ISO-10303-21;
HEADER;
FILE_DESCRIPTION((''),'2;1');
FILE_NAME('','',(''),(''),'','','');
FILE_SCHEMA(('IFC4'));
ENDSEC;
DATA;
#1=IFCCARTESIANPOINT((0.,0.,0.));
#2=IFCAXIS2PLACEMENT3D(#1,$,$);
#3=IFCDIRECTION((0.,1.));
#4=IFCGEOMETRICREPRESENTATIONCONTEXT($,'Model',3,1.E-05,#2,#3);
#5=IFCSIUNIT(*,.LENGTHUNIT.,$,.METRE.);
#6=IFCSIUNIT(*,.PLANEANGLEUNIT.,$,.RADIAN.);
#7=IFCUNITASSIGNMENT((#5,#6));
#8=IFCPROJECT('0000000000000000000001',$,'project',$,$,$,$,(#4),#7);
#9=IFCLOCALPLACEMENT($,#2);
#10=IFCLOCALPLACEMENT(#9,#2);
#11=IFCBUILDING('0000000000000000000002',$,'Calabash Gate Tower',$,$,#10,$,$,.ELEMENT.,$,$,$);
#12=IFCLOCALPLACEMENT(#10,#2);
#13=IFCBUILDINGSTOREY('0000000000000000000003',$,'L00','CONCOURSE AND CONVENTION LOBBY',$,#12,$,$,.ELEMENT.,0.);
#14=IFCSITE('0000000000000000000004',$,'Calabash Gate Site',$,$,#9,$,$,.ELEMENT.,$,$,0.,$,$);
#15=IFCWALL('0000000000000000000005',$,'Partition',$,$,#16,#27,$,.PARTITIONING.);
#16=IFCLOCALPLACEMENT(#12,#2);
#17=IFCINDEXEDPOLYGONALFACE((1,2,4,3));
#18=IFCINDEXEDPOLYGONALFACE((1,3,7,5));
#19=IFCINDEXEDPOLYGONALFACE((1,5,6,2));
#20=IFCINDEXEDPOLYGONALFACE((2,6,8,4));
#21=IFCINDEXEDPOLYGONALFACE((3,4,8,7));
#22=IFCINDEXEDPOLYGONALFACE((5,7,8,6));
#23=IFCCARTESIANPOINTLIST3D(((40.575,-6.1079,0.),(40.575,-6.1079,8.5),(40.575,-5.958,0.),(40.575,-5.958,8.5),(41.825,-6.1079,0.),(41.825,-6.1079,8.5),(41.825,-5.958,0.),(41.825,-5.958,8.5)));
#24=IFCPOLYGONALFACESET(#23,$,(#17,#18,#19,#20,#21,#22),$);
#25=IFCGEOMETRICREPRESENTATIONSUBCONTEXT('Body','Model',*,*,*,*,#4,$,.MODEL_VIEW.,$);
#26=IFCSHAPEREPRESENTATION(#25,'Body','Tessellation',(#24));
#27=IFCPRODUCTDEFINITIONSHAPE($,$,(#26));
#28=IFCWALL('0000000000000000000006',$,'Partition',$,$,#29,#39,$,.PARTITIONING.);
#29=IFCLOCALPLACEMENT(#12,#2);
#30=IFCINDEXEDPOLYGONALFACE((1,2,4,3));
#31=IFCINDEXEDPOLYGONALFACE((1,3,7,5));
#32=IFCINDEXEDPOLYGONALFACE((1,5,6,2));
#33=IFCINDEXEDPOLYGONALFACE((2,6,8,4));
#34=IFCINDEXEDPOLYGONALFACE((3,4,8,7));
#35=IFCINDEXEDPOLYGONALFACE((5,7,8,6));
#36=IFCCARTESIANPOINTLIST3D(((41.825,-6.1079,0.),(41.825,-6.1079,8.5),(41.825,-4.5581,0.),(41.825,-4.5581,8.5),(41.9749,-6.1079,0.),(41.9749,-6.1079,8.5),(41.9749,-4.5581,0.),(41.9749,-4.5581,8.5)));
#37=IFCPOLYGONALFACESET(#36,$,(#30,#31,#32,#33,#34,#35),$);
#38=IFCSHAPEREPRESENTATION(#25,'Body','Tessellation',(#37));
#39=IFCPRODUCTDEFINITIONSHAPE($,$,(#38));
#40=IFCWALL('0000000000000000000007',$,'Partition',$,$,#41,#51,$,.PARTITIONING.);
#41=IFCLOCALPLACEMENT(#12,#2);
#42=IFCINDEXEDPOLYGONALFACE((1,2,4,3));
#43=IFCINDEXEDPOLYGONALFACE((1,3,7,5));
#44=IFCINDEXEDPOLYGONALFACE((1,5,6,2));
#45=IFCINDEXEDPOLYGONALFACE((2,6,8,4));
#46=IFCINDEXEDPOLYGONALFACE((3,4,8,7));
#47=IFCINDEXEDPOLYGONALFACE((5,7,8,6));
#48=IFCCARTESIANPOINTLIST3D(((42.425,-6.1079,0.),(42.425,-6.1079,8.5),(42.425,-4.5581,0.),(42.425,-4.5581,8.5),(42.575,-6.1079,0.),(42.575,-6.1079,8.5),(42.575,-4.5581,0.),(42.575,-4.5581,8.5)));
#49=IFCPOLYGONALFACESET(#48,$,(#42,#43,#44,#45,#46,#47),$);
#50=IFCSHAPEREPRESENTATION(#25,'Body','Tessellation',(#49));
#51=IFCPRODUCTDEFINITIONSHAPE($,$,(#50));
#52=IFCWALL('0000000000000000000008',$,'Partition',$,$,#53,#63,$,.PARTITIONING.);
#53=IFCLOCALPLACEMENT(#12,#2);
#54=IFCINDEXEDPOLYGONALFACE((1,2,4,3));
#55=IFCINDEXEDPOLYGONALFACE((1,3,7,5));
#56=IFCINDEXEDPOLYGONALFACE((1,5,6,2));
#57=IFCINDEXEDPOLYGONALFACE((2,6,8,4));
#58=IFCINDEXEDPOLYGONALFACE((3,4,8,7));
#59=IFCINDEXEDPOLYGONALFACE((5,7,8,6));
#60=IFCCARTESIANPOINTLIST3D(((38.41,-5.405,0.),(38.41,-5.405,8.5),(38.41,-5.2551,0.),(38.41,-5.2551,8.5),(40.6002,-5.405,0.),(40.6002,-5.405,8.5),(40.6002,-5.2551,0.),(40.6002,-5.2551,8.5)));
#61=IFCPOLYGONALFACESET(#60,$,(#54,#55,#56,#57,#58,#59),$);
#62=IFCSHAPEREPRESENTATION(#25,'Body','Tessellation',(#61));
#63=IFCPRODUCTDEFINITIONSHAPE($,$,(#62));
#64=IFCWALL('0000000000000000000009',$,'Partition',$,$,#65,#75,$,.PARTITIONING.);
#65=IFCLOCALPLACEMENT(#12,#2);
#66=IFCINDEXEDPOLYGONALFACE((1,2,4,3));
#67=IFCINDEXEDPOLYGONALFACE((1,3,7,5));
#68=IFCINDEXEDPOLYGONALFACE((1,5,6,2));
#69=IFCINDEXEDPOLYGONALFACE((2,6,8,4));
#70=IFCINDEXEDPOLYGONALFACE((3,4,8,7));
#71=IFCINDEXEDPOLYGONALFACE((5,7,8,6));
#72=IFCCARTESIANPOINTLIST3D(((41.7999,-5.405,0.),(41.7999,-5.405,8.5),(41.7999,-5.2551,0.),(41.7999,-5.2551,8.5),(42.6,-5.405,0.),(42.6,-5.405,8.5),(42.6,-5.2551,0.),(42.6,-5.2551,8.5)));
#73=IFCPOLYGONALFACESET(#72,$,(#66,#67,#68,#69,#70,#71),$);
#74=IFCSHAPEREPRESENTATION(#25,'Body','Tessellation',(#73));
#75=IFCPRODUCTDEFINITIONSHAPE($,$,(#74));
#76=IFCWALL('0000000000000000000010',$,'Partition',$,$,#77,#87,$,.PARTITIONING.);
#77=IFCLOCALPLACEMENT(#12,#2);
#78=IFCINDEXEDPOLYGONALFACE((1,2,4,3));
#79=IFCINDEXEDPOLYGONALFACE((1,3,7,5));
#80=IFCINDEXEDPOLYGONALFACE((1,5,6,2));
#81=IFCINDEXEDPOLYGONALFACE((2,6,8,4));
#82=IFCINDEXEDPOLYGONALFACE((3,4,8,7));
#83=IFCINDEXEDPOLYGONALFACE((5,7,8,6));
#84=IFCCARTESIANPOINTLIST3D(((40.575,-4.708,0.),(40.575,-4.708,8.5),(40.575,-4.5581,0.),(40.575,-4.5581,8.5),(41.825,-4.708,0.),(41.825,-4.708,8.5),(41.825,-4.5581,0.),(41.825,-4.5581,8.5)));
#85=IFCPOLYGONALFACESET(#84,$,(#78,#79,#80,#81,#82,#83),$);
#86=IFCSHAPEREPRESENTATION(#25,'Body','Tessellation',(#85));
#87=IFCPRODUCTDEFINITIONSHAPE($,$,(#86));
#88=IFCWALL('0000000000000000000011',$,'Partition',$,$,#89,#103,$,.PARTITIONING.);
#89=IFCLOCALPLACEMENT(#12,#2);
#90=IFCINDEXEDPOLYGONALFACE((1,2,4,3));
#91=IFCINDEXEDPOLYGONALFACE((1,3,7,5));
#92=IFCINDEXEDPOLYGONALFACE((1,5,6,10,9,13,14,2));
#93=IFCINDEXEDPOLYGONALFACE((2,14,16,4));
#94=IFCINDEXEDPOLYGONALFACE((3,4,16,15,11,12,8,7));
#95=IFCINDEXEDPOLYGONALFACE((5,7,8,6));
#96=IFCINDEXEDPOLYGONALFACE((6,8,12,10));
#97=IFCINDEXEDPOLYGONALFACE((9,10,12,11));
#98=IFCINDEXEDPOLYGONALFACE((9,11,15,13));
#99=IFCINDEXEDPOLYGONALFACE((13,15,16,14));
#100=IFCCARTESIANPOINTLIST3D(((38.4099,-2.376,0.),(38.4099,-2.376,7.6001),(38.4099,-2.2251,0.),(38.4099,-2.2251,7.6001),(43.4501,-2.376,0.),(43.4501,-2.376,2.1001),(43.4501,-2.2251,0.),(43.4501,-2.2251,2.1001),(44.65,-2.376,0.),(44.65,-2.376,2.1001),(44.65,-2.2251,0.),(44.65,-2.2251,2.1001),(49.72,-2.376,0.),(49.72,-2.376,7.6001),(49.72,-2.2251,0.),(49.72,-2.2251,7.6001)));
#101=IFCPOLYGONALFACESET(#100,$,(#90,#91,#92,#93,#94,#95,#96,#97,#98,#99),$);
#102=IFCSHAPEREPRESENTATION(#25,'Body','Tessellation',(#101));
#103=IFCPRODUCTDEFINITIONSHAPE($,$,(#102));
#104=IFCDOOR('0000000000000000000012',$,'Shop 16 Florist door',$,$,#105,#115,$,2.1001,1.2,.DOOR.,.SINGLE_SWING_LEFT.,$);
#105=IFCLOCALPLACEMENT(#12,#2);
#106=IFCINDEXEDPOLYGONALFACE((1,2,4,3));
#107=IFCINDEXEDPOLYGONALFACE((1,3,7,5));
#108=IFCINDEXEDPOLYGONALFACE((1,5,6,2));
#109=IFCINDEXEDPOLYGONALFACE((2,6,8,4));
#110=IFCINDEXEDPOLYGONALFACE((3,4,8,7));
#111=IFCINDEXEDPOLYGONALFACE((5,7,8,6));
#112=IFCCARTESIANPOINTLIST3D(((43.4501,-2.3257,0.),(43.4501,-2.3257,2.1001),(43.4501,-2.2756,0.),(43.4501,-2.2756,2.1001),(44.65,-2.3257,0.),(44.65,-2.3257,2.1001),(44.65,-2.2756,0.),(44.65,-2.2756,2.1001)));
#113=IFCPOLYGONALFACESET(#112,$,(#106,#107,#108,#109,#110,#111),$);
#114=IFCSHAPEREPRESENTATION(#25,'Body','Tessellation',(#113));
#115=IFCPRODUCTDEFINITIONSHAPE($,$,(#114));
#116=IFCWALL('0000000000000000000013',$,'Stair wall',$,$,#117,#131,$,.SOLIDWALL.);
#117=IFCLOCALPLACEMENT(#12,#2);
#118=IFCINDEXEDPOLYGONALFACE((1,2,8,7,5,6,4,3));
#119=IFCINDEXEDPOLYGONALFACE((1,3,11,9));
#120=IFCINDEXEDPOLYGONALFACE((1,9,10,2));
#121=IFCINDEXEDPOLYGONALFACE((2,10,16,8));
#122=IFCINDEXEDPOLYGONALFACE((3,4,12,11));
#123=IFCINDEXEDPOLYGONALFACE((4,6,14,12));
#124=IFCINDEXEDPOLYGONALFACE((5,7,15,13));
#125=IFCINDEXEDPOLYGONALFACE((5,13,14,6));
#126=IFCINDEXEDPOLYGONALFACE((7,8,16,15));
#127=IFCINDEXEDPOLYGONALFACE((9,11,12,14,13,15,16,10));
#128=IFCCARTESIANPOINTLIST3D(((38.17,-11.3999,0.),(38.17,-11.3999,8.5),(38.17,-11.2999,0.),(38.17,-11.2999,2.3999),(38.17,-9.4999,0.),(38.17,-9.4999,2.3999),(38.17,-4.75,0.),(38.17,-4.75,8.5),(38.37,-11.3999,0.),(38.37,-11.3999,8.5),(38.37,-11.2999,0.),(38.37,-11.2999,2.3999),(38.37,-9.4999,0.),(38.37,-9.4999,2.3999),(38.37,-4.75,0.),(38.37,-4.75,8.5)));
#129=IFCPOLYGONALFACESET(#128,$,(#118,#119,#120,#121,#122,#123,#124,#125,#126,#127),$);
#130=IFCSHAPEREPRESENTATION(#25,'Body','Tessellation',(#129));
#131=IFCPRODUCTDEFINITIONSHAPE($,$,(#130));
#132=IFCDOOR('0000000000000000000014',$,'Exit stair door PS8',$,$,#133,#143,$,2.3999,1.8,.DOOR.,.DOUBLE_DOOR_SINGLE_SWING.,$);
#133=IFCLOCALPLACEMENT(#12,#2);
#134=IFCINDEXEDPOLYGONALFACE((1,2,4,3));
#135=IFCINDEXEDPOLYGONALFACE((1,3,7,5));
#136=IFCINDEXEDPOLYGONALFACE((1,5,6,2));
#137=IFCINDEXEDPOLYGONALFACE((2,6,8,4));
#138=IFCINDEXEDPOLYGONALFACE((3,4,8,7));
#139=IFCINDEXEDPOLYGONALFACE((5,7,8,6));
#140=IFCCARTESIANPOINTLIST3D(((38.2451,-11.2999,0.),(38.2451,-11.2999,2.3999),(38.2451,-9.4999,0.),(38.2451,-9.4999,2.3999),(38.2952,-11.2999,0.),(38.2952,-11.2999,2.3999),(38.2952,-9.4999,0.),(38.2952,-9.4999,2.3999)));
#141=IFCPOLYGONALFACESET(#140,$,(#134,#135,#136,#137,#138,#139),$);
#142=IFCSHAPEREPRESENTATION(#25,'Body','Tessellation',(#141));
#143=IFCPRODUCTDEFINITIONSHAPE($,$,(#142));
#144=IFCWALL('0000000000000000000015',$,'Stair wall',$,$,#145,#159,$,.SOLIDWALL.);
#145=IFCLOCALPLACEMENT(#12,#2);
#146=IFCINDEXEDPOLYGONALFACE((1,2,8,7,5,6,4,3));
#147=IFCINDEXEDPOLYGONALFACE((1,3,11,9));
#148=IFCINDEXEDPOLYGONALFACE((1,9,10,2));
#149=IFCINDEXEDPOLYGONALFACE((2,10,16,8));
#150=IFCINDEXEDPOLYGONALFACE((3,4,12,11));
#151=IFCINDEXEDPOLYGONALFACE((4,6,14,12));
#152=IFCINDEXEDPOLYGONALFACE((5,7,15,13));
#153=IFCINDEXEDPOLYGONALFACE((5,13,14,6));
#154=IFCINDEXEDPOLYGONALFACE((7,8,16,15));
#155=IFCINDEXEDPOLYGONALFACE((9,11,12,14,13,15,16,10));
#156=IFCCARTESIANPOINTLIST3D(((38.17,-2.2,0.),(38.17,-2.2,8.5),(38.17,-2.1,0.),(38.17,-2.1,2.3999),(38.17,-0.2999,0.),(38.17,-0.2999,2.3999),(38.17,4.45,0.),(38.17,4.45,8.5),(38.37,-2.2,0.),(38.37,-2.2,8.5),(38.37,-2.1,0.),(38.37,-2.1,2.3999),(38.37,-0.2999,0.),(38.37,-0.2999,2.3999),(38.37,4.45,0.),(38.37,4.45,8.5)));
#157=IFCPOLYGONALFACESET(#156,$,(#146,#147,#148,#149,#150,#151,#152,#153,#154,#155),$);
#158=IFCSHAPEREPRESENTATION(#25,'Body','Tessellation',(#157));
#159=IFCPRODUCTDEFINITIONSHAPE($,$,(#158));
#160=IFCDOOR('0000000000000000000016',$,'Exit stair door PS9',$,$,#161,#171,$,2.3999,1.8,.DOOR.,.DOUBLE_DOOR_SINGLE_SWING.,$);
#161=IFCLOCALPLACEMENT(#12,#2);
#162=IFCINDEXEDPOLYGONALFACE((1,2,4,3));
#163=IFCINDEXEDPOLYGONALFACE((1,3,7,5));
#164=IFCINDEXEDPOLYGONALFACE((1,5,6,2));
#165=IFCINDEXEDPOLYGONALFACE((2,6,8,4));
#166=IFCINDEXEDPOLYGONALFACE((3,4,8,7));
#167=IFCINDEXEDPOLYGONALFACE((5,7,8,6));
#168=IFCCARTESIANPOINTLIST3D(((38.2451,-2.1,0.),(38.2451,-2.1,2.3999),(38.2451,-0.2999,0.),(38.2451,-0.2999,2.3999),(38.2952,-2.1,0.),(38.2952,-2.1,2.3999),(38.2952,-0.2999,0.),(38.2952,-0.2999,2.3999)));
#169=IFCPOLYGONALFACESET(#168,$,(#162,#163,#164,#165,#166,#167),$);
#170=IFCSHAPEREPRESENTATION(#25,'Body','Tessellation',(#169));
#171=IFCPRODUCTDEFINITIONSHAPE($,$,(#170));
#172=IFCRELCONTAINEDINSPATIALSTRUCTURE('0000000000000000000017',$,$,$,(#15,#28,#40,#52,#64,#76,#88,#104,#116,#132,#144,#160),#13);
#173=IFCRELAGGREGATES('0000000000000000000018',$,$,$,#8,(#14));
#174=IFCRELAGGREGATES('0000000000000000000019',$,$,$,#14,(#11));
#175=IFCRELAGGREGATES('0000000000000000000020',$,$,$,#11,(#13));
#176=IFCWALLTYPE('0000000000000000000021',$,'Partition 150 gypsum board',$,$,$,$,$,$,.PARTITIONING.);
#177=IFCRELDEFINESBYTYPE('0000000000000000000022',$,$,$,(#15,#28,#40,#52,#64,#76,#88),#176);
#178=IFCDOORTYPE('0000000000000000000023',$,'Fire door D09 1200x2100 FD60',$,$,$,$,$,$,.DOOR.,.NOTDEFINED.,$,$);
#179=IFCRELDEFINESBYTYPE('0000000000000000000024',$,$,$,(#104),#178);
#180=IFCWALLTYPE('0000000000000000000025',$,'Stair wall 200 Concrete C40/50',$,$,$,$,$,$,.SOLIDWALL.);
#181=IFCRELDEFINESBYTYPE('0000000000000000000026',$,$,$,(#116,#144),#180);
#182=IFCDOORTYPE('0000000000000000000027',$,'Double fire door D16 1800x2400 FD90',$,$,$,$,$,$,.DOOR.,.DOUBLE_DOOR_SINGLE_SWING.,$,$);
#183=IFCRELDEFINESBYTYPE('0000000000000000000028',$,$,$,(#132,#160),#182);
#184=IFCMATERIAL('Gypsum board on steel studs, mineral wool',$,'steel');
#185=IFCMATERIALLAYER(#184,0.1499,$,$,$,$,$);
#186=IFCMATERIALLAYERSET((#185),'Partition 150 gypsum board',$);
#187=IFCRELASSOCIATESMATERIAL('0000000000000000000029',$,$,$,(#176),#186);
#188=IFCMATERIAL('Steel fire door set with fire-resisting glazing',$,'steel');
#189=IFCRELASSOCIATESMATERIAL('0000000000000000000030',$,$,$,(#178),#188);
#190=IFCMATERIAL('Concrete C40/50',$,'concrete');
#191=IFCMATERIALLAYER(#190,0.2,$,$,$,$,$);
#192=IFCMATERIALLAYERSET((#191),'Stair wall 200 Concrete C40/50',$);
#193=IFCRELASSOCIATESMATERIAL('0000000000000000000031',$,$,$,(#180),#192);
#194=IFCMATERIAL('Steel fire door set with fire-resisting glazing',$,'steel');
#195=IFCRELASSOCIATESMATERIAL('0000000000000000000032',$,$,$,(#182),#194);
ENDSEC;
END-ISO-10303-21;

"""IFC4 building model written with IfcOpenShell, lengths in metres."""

from ifc_helpers import new_model, si_unit, direction, frame, frame_2d, origin, place, context, subcontext, project, spatial, rectangle, extrude, material, layer, layer_set, type_object, element, fill, save


model = new_model("IFC4")

# Units and contexts
model_context = context("Model", 3, precision=1e-05, world=origin(), true_north=direction((0.0, 1.0)))
body_context = subcontext(model_context, "Body", "Model", "MODEL_VIEW")
ifc_project = project(units=[si_unit("LENGTHUNIT", "METRE"), si_unit("PLANEANGLEUNIT", "RADIAN")], contexts=[model_context])

# Site, building, storey
site_placement = place(None, origin())
site = spatial("IfcSite", under=ifc_project, at=site_placement, Name="Calabash Gate Site", CompositionType="ELEMENT", RefElevation=0.0)
building_placement = place(site_placement, origin())
building = spatial("IfcBuilding", under=site, at=building_placement, Name="Calabash Gate Tower", CompositionType="ELEMENT")
storey_placement = place(building_placement, origin())
storey = spatial("IfcBuildingStorey", under=building, at=storey_placement, Name="L00", Description="CONCOURSE AND CONVENTION LOBBY", CompositionType="ELEMENT", Elevation=0.0)

# Shared definitions
ifc_material_1 = material(Name="Gypsum board on steel studs, mineral wool", Category="steel")
ifc_layer_1 = layer(ifc_material_1, 0.1499)
ifc_layer_set_1 = layer_set([ifc_layer_1], Name="Partition 150 gypsum board")
wall_type_1 = type_object("IfcWallType", Name="Partition 150 gypsum board", PredefinedType="PARTITIONING", material=ifc_layer_set_1)

# Shared definitions
ifc_material_2 = material(Name="Steel fire door set with fire-resisting glazing", Category="steel")
door_type_1 = type_object("IfcDoorType", Name="Fire door D09 1200x2100 FD60", OperationType="NOTDEFINED", PredefinedType="DOOR", material=ifc_material_2)

# Walls
wall_1_placement = place(storey_placement, frame((40.575, -6.033, 0.0), z_axis=(0.0, 0.0, 1.0), x_axis=(1.0, 0.0, 0.0)))
element("IfcWall", 1, at=wall_1_placement, inside=storey, type_object=wall_type_1, Name="Partition", PredefinedType="PARTITIONING", context=body_context, shape_type="SweptSolid", body=[
    extrude(rectangle(XDim=1.25, YDim=0.1499, at=frame_2d((0.625, 0.0))), origin(), (0.0, 0.0, 1.0), 8.5),
])
for number, where, z_axis, x_axis, name in (
    (2, (41.8999, -6.1079, 0.0), (0.0, 0.0, 1.0), (0.0, 1.0, 0.0), "Partition"),
    (3, (42.5, -6.1079, 0.0), (0.0, 0.0, 1.0), (0.0, 1.0, 0.0), "Partition"),
):
    element("IfcWall", number, at=place(storey_placement, frame(where, z_axis=z_axis, x_axis=x_axis)), inside=storey, type_object=wall_type_1, Name=name, PredefinedType="PARTITIONING", context=body_context, shape_type="SweptSolid", body=[
        extrude(rectangle(XDim=1.5498, YDim=0.1499, at=frame_2d((0.7749, 0.0))), origin(), (0.0, 0.0, 1.0), 8.5),
    ])
wall_2_placement = place(storey_placement, frame((38.4099, -5.3301, 0.0), z_axis=(0.0, 0.0, 1.0), x_axis=(1.0, 0.0, 0.0)))
element("IfcWall", 4, at=wall_2_placement, inside=storey, type_object=wall_type_1, Name="Partition", PredefinedType="PARTITIONING", context=body_context, shape_type="SweptSolid", body=[
    extrude(rectangle(XDim=2.1902, YDim=0.1499, at=frame_2d((1.0952, 0.0))), origin(), (0.0, 0.0, 1.0), 8.5),
])
wall_3_placement = place(storey_placement, frame((41.8, -5.3301, 0.0), z_axis=(0.0, 0.0, 1.0), x_axis=(1.0, 0.0, 0.0)))
element("IfcWall", 5, at=wall_3_placement, inside=storey, type_object=wall_type_1, Name="Partition", PredefinedType="PARTITIONING", context=body_context, shape_type="SweptSolid", body=[
    extrude(rectangle(XDim=0.8, YDim=0.1499, at=frame_2d((0.3999, 0.0))), origin(), (0.0, 0.0, 1.0), 8.5),
])
wall_4_placement = place(storey_placement, frame((40.575, -4.6331, 0.0), z_axis=(0.0, 0.0, 1.0), x_axis=(1.0, 0.0, 0.0)))
element("IfcWall", 6, at=wall_4_placement, inside=storey, type_object=wall_type_1, Name="Partition", PredefinedType="PARTITIONING", context=body_context, shape_type="SweptSolid", body=[
    extrude(rectangle(XDim=1.25, YDim=0.1499, at=frame_2d((0.625, 0.0))), origin(), (0.0, 0.0, 1.0), 8.5),
])

# Walls, openings, doors
wall_5_placement = place(storey_placement, frame((38.4099, -2.3005, 0.0), z_axis=(0.0, 0.0, 1.0), x_axis=(1.0, 0.0, 0.0)))
wall_5 = element("IfcWall", 7, at=wall_5_placement, inside=storey, type_object=wall_type_1, Name="Partition", PredefinedType="PARTITIONING", context=body_context, shape_type="SweptSolid", body=[
    extrude(rectangle(XDim=11.3101, YDim=0.1509, at=frame_2d((5.655, 0.0))), origin(), (0.0, 0.0, 1.0), 7.6001),
])
opening_1_placement = place(wall_5_placement, frame((5.04, 0.0, 0.0)))
opening_1 = element("IfcOpeningElement", 8, at=opening_1_placement, cuts=wall_5, PredefinedType="OPENING", context=body_context, shape_type="SweptSolid", body=[
    extrude(rectangle(XDim=1.2, YDim=2.1001, at=frame_2d((0.6001, 1.05))), frame((0.0, 0.0854, 0.0), z_axis=(0.0, -1.0, 0.0), x_axis=(1.0, 0.0, 0.0)), (0.0, 0.0, 1.0), 0.1709),
])
door_1_placement = place(opening_1_placement, origin())
door_1 = element("IfcDoor", 9, at=door_1_placement, inside=storey, type_object=door_type_1, Name="Shop 16 Florist door", OperationType="SINGLE_SWING_LEFT", OverallHeight=2.1001, OverallWidth=1.2, PredefinedType="DOOR", context=body_context, shape_type="SweptSolid", body=[
    extrude(rectangle(XDim=1.2, YDim=2.1001, at=frame_2d((0.6001, 1.05))), frame((0.0, 0.0249, 0.0), z_axis=(0.0, -1.0, 0.0), x_axis=(1.0, 0.0, 0.0)), (0.0, 0.0, 1.0), 0.05),
])
fill(opening_1, door_1)
ifc_material_3 = material(Name="Concrete C40/50", Category="concrete")
ifc_layer_2 = layer(ifc_material_3, 0.2)
ifc_layer_set_2 = layer_set([ifc_layer_2], Name="Stair wall 200 Concrete C40/50")
wall_type_2 = type_object("IfcWallType", Name="Stair wall 200 Concrete C40/50", PredefinedType="SOLIDWALL", material=ifc_layer_set_2)
wall_6_placement = place(storey_placement, frame((38.27, -11.3999, 0.0), z_axis=(0.0, 0.0, 1.0), x_axis=(0.0, 1.0, 0.0)))
wall_6 = element("IfcWall", 10, at=wall_6_placement, inside=storey, type_object=wall_type_2, Name="Stair wall", PredefinedType="SOLIDWALL", context=body_context, shape_type="SweptSolid", body=[
    extrude(rectangle(XDim=6.6499, YDim=0.2, at=frame_2d((3.325, 0.0))), origin(), (0.0, 0.0, 1.0), 8.5),
])
opening_2_placement = place(wall_6_placement, frame((0.1001, 0.0, 0.0)))
opening_2 = element("IfcOpeningElement", 11, at=opening_2_placement, cuts=wall_6, PredefinedType="OPENING", context=body_context, shape_type="SweptSolid", body=[
    extrude(rectangle(XDim=1.8, YDim=2.3999, at=frame_2d((0.8999, 1.2))), frame((0.0, 0.1099, 0.0), z_axis=(0.0, -1.0, 0.0), x_axis=(1.0, 0.0, 0.0)), (0.0, 0.0, 1.0), 0.22),
])
ifc_material_4 = material(Name="Steel fire door set with fire-resisting glazing", Category="steel")
door_type_2 = type_object("IfcDoorType", Name="Double fire door D16 1800x2400 FD90", OperationType="DOUBLE_DOOR_SINGLE_SWING", PredefinedType="DOOR", material=ifc_material_4)
door_2_placement = place(opening_2_placement, origin())
door_2 = element("IfcDoor", 12, at=door_2_placement, inside=storey, type_object=door_type_2, Name="Exit stair door PS8", OperationType="DOUBLE_DOOR_SINGLE_SWING", OverallHeight=2.3999, OverallWidth=1.8, PredefinedType="DOOR", context=body_context, shape_type="SweptSolid", body=[
    extrude(rectangle(XDim=1.8, YDim=2.3999, at=frame_2d((0.8999, 1.2))), frame((0.0, 0.0249, 0.0), z_axis=(0.0, -1.0, 0.0), x_axis=(1.0, 0.0, 0.0)), (0.0, 0.0, 1.0), 0.05),
])
fill(opening_2, door_2)
wall_7_placement = place(storey_placement, frame((38.27, -2.2, 0.0), z_axis=(0.0, 0.0, 1.0), x_axis=(0.0, 1.0, 0.0)))
wall_7 = element("IfcWall", 13, at=wall_7_placement, inside=storey, type_object=wall_type_2, Name="Stair wall", PredefinedType="SOLIDWALL", context=body_context, shape_type="SweptSolid", body=[
    extrude(rectangle(XDim=6.6499, YDim=0.2, at=frame_2d((3.325, 0.0))), origin(), (0.0, 0.0, 1.0), 8.5),
])
opening_3_placement = place(wall_7_placement, frame((0.1001, 0.0, 0.0)))
opening_3 = element("IfcOpeningElement", 14, at=opening_3_placement, cuts=wall_7, PredefinedType="OPENING", context=body_context, shape_type="SweptSolid", body=[
    extrude(rectangle(XDim=1.8, YDim=2.3999, at=frame_2d((0.8999, 1.2))), frame((0.0, 0.1099, 0.0), z_axis=(0.0, -1.0, 0.0), x_axis=(1.0, 0.0, 0.0)), (0.0, 0.0, 1.0), 0.22),
])
door_3_placement = place(opening_3_placement, origin())
door_3 = element("IfcDoor", 15, at=door_3_placement, inside=storey, type_object=door_type_2, Name="Exit stair door PS9", OperationType="DOUBLE_DOOR_SINGLE_SWING", OverallHeight=2.3999, OverallWidth=1.8, PredefinedType="DOOR", context=body_context, shape_type="SweptSolid", body=[
    extrude(rectangle(XDim=1.8, YDim=2.3999, at=frame_2d((0.8999, 1.2))), frame((0.0, 0.0249, 0.0), z_axis=(0.0, -1.0, 0.0), x_axis=(1.0, 0.0, 0.0)), (0.0, 0.0, 1.0), 0.05),
])
fill(opening_3, door_3)

save(model, "model.ifc")
